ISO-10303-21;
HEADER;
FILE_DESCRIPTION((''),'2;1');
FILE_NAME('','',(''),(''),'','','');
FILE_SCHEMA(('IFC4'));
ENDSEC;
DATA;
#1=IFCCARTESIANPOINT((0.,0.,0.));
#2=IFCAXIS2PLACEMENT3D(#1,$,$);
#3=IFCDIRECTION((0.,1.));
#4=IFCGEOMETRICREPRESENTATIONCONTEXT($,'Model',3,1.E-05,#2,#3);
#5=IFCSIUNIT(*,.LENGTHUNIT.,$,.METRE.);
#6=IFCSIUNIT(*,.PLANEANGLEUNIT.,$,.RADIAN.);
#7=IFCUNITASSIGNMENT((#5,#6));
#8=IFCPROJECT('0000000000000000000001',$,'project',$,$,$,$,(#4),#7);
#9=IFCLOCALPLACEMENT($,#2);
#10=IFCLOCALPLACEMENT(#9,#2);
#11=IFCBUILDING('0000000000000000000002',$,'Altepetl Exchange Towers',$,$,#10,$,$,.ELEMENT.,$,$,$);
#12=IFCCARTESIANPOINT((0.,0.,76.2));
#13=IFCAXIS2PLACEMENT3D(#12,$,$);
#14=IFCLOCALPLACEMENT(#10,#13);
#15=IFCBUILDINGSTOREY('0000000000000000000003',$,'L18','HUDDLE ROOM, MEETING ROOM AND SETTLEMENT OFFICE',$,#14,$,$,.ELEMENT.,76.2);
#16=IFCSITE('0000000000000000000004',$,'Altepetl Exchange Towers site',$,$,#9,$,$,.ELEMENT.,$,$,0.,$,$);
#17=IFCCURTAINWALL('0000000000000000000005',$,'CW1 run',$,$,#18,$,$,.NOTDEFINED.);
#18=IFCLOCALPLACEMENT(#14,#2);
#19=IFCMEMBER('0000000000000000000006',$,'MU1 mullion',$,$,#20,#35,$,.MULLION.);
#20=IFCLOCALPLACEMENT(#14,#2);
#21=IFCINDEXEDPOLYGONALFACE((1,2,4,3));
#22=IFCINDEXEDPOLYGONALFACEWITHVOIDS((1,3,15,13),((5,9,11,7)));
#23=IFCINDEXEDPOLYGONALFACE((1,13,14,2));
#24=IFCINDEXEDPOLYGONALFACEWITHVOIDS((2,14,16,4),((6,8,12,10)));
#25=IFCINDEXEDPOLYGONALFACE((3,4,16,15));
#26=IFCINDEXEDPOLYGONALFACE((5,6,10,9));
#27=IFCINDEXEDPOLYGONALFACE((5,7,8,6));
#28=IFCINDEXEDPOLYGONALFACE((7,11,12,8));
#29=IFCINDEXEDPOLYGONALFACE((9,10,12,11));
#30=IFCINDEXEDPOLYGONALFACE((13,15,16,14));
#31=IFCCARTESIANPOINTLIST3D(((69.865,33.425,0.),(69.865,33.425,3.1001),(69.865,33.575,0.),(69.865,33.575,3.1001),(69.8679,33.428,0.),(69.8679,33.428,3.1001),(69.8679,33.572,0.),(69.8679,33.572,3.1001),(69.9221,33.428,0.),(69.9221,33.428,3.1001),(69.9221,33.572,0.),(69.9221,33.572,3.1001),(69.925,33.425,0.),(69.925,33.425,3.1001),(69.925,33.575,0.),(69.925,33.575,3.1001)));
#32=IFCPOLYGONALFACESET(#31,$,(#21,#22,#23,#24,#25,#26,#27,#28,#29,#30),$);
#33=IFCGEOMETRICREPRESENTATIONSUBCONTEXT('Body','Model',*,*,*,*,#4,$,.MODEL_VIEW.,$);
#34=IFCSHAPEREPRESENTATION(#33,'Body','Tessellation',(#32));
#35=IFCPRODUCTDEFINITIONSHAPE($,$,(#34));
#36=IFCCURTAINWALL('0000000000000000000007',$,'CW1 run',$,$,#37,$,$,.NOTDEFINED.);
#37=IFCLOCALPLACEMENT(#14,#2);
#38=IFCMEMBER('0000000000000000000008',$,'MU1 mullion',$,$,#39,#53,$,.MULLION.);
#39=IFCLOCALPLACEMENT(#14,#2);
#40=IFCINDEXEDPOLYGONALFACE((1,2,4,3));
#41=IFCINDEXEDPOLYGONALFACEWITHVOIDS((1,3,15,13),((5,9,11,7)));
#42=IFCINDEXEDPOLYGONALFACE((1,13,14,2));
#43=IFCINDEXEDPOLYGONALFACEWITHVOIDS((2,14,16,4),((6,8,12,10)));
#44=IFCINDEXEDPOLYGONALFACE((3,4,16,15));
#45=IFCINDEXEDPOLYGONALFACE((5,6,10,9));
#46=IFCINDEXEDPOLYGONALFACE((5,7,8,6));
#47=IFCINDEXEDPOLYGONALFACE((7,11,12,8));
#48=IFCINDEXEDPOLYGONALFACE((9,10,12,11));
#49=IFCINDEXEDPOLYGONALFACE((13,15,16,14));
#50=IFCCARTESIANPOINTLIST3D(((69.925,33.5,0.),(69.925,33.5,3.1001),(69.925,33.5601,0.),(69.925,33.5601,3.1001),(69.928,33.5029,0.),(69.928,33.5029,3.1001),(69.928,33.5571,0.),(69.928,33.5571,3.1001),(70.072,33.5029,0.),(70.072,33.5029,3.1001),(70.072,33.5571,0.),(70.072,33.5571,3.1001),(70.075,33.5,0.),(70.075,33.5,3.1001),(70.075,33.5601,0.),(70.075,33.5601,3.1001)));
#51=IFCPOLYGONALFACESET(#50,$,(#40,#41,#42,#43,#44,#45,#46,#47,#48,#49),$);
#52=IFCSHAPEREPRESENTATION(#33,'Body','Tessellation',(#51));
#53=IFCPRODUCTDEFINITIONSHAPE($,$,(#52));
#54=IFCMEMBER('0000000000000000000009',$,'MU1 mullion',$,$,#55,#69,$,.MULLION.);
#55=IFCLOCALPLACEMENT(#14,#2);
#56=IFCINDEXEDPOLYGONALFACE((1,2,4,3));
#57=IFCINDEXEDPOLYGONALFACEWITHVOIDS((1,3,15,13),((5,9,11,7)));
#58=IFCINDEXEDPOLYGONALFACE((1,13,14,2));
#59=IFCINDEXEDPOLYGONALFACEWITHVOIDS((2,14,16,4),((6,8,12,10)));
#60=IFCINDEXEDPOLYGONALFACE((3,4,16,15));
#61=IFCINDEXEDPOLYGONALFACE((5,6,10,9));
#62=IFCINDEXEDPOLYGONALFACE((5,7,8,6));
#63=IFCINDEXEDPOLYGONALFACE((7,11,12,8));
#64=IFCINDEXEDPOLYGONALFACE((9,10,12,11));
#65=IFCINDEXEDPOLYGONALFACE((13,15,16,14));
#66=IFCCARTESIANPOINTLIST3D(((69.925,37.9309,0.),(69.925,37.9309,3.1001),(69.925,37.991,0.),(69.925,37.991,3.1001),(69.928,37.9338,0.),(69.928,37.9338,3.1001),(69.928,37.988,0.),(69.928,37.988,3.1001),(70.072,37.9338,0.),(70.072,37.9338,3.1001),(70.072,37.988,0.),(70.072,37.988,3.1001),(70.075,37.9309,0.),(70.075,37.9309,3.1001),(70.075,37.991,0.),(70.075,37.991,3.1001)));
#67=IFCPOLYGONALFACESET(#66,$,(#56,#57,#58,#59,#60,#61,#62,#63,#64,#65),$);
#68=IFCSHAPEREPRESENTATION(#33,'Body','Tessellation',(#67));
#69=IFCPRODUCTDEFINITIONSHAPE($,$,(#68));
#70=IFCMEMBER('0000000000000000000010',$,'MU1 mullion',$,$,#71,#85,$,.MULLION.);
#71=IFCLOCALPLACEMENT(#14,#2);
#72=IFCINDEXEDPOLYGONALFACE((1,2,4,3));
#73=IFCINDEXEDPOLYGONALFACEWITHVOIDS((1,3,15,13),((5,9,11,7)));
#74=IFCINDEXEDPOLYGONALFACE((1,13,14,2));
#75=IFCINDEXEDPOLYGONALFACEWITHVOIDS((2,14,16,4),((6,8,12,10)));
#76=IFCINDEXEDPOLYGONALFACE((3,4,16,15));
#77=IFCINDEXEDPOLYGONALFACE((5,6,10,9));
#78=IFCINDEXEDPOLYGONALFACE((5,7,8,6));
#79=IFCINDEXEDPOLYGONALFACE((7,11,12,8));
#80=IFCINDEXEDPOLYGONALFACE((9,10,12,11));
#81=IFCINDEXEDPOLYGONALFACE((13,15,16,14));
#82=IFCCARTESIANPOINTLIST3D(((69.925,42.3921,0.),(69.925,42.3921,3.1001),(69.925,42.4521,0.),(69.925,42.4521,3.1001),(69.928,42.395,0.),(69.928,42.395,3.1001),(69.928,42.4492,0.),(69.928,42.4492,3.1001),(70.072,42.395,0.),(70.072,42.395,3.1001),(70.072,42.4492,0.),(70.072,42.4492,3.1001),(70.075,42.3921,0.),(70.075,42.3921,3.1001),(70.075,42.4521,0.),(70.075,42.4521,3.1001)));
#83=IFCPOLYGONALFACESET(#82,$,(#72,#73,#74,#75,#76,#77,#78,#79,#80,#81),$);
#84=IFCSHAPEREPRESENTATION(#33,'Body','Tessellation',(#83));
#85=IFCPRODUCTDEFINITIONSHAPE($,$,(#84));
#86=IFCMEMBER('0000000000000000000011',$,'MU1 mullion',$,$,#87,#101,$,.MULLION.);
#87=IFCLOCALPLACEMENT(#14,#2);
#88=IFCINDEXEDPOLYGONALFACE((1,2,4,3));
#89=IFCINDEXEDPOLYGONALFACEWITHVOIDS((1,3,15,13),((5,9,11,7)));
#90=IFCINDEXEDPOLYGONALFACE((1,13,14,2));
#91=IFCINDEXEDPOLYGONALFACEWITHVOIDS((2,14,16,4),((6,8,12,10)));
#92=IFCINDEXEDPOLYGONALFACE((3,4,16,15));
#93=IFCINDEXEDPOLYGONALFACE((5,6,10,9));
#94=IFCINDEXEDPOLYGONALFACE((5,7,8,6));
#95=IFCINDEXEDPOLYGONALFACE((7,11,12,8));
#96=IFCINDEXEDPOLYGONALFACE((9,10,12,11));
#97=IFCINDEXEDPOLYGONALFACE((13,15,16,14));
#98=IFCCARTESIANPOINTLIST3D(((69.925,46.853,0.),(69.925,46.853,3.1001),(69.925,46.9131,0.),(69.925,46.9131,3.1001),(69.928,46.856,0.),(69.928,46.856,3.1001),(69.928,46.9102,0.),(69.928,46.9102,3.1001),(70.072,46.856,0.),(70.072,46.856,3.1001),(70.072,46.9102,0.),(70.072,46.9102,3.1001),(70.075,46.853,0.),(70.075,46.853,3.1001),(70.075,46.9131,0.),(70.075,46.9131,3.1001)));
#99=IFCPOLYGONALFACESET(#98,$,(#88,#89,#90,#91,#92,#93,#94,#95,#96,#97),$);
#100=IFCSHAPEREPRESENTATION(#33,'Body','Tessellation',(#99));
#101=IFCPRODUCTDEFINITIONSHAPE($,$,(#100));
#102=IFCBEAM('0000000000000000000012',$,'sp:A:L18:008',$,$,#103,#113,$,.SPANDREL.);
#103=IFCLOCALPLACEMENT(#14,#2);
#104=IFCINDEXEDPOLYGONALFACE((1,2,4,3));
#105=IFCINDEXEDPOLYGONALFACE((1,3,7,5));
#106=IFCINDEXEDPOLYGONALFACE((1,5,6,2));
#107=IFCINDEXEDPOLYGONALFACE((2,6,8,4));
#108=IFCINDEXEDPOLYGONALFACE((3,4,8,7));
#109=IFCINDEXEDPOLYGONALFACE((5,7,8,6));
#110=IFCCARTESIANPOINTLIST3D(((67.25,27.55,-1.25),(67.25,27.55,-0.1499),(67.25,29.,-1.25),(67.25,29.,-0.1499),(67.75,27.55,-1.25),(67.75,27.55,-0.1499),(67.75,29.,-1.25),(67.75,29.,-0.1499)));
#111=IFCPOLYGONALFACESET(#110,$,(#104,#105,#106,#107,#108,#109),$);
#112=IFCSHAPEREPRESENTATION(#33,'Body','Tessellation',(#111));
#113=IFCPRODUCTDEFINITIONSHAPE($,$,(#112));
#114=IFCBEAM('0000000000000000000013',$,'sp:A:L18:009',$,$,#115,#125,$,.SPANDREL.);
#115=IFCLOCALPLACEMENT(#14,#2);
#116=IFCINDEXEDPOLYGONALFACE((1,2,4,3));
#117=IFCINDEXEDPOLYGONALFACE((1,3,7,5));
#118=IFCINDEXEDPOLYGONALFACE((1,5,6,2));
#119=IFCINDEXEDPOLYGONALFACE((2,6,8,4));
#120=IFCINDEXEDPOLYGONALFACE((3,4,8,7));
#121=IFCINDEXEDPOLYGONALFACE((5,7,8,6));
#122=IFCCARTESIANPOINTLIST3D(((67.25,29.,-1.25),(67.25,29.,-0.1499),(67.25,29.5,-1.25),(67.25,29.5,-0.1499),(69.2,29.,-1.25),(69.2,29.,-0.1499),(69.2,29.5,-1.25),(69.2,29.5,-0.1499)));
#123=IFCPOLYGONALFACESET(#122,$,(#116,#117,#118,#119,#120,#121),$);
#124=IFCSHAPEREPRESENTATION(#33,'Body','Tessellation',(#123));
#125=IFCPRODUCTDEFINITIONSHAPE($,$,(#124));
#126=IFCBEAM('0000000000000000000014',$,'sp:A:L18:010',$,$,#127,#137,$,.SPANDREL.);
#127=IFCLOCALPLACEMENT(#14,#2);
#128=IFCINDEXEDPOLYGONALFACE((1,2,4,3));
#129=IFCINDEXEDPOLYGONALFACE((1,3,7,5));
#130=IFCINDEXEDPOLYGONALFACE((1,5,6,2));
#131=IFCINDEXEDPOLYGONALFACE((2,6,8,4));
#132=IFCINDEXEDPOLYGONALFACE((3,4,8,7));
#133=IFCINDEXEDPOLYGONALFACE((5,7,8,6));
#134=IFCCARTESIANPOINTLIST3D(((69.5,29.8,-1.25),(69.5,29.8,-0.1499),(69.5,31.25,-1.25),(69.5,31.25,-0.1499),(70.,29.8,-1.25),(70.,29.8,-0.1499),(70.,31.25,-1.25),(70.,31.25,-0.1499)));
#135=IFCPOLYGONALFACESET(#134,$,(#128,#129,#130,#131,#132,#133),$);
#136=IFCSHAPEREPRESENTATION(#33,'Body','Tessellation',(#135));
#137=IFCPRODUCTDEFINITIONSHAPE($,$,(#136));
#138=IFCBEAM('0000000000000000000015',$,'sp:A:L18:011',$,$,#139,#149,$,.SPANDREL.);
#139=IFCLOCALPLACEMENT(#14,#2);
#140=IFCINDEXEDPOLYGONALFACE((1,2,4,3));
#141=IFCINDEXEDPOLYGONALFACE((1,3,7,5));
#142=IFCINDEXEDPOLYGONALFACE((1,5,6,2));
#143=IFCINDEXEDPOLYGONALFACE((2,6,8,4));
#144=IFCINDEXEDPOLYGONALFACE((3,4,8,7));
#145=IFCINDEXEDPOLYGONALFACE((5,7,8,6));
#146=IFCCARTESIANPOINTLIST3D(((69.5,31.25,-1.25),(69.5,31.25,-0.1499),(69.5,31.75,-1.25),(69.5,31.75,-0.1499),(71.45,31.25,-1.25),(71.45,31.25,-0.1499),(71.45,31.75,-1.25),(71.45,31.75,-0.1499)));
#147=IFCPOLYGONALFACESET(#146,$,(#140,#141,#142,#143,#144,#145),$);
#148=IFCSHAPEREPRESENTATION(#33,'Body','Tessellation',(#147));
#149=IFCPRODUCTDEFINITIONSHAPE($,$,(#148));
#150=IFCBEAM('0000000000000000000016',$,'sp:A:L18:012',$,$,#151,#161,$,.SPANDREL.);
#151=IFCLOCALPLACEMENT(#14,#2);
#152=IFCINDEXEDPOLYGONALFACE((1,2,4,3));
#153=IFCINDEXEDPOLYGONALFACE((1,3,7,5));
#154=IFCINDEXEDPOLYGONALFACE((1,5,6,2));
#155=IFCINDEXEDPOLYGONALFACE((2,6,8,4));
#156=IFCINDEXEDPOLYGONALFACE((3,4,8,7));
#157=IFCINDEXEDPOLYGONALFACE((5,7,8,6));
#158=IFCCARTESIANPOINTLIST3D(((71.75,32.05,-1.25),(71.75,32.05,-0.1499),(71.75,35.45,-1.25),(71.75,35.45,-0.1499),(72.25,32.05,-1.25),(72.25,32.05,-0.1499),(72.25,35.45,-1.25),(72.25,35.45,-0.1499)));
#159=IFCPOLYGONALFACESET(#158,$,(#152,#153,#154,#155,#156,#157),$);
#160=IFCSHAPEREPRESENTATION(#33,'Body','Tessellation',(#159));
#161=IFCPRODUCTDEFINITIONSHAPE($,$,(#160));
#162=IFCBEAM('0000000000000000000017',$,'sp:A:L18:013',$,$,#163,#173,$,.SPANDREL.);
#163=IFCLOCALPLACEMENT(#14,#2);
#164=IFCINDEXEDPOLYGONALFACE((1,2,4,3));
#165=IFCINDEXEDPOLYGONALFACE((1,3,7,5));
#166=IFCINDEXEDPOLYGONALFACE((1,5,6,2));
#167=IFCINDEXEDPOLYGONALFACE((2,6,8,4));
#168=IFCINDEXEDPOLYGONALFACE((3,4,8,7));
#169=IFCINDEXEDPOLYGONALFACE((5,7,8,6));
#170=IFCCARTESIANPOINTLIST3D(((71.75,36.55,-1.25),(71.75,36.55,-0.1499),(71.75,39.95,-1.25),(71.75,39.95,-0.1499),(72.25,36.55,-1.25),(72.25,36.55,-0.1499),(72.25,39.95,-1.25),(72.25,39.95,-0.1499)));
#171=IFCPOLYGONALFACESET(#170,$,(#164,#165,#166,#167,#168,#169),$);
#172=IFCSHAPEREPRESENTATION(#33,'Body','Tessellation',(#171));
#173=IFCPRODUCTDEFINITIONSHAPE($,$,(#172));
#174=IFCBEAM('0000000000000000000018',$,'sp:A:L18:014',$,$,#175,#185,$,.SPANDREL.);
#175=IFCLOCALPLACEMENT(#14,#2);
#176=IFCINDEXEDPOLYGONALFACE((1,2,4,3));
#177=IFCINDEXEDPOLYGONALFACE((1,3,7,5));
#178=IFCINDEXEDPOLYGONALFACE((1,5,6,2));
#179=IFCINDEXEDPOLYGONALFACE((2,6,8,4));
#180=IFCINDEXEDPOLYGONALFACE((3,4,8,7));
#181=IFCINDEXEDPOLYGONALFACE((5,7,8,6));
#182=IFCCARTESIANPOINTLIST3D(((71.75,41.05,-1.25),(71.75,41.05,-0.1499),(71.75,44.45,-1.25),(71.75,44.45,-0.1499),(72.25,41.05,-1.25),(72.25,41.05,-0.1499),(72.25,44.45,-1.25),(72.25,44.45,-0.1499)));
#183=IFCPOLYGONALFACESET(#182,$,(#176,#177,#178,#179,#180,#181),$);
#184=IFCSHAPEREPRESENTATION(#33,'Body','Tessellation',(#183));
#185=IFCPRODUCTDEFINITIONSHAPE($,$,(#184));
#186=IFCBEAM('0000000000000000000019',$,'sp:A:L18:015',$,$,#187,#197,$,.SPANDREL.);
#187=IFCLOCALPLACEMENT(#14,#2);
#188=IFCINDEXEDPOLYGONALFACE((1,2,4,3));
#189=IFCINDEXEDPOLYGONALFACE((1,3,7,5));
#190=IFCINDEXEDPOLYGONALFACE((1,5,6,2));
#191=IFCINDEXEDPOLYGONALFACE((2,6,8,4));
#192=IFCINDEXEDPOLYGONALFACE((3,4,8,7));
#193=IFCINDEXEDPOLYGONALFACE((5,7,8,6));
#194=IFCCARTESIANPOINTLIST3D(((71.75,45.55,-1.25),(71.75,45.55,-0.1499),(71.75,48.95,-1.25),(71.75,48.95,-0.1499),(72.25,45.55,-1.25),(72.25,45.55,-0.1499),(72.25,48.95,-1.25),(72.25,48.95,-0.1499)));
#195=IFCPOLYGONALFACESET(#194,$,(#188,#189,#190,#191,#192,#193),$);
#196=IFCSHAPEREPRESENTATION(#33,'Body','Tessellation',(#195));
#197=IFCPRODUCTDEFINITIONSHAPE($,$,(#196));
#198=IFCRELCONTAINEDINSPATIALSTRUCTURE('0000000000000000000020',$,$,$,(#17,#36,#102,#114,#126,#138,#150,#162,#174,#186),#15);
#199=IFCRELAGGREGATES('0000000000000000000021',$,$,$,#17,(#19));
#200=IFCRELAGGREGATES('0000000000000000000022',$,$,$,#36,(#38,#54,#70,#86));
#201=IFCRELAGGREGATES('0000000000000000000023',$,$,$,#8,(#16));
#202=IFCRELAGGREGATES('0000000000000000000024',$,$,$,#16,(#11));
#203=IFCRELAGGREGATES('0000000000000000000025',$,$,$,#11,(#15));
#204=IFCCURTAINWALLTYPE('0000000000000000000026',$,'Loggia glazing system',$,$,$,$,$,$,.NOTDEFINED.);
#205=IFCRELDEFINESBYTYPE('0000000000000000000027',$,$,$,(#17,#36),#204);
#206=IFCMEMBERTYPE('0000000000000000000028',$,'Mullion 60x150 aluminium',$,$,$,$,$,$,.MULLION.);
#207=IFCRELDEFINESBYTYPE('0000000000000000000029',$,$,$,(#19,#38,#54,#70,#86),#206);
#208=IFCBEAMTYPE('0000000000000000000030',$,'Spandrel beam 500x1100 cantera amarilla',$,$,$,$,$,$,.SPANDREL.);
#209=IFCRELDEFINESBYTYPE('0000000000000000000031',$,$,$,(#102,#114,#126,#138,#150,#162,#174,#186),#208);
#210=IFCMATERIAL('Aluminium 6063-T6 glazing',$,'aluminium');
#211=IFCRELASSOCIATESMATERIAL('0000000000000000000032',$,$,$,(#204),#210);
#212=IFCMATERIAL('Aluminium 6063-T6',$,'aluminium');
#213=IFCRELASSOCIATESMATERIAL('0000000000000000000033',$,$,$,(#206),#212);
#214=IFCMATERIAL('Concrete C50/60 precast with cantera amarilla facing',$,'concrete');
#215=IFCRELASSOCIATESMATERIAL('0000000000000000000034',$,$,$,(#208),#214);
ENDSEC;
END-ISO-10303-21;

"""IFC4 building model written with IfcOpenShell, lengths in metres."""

from ifc_helpers import new_model, si_unit, direction, frame, origin, origin_2d, place, context, subcontext, project, spatial, rectangle, hollow_rectangle, extrude, material, material_profile, profile_set, type_object, element, aggregate, save


model = new_model("IFC4")

# Units and contexts
model_context = context("Model", 3, precision=1e-05, world=origin(), true_north=direction((0.0, 1.0)))
body_context = subcontext(model_context, "Body", "Model", "MODEL_VIEW")
ifc_project = project(units=[si_unit("LENGTHUNIT", "METRE"), si_unit("PLANEANGLEUNIT", "RADIAN")], contexts=[model_context])

# Site, building, storey
site_placement = place(None, origin())
site = spatial("IfcSite", under=ifc_project, at=site_placement, Name="Altepetl Exchange Towers site", CompositionType="ELEMENT", RefElevation=0.0)
building_placement = place(site_placement, origin())
building = spatial("IfcBuilding", under=site, at=building_placement, Name="Altepetl Exchange Towers", CompositionType="ELEMENT")
storey_placement = place(building_placement, frame((0.0, 0.0, 76.2)))
storey = spatial("IfcBuildingStorey", under=building, at=storey_placement, Name="L18", Description="HUDDLE ROOM, MEETING ROOM AND SETTLEMENT OFFICE", CompositionType="ELEMENT", Elevation=76.2)

# Shared definitions
ifc_material_1 = material(Name="Aluminium 6063-T6 glazing", Category="aluminium")
curtain_wall_type = type_object("IfcCurtainWallType", Name="Loggia glazing system", PredefinedType="NOTDEFINED", material=ifc_material_1)
ifc_material_2 = material(Name="Aluminium 6063-T6", Category="aluminium")
ifc_material_profile_1 = material_profile(ifc_material_2, hollow_rectangle(XDim=0.0601, YDim=0.1499, WallThickness=0.0029, at=origin_2d()), Name="Mullion 60x150 aluminium")
ifc_profile_set_1 = profile_set([ifc_material_profile_1], Name="Aluminium 6063-T6")
member_type = type_object("IfcMemberType", Name="Mullion 60x150 aluminium", PredefinedType="MULLION", material=ifc_profile_set_1)

# Curtain walls, members
curtain_wall_1_placement = place(storey_placement, origin())
curtain_wall_1 = element("IfcCurtainWall", 1, at=curtain_wall_1_placement, inside=storey, type_object=curtain_wall_type, Name="CW1 run", PredefinedType="NOTDEFINED")
member_1_placement = place(storey_placement, frame((69.895, 33.5, 0.0)))
member_1 = element("IfcMember", 2, at=member_1_placement, type_object=member_type, Name="MU1 mullion", PredefinedType="MULLION", context=body_context, shape_type="SweptSolid", body=[
    extrude(hollow_rectangle(XDim=0.0601, YDim=0.1499, WallThickness=0.0029, at=origin_2d()), origin(), (0.0, 0.0, 1.0), 3.1001),
])
curtain_wall_2_placement = place(storey_placement, origin())
curtain_wall_2 = element("IfcCurtainWall", 3, at=curtain_wall_2_placement, inside=storey, type_object=curtain_wall_type, Name="CW1 run", PredefinedType="NOTDEFINED")
member_2_placement = place(storey_placement, frame((70.0, 33.53, 0.0), z_axis=(0.0, 0.0, 1.0), x_axis=(0.0, 1.0, 0.0)))
member_2 = element("IfcMember", 4, at=member_2_placement, type_object=member_type, Name="MU1 mullion", PredefinedType="MULLION", context=body_context, shape_type="SweptSolid", body=[
    extrude(hollow_rectangle(XDim=0.0601, YDim=0.1499, WallThickness=0.0029, at=origin_2d()), origin(), (0.0, 0.0, 1.0), 3.1001),
])
member_3_placement = place(storey_placement, frame((70.0, 37.9609, 0.0), z_axis=(0.0, 0.0, 1.0), x_axis=(0.0, 1.0, 0.0)))
member_3 = element("IfcMember", 5, at=member_3_placement, type_object=member_type, Name="MU1 mullion", PredefinedType="MULLION", context=body_context, shape_type="SweptSolid", body=[
    extrude(hollow_rectangle(XDim=0.0601, YDim=0.1499, WallThickness=0.0029, at=origin_2d()), origin(), (0.0, 0.0, 1.0), 3.1001),
])
member_4_placement = place(storey_placement, frame((70.0, 42.4221, 0.0), z_axis=(0.0, 0.0, 1.0), x_axis=(0.0, 1.0, 0.0)))
member_4 = element("IfcMember", 6, at=member_4_placement, type_object=member_type, Name="MU1 mullion", PredefinedType="MULLION", context=body_context, shape_type="SweptSolid", body=[
    extrude(hollow_rectangle(XDim=0.0601, YDim=0.1499, WallThickness=0.0029, at=origin_2d()), origin(), (0.0, 0.0, 1.0), 3.1001),
])
member_5_placement = place(storey_placement, frame((70.0, 46.8831, 0.0), z_axis=(0.0, 0.0, 1.0), x_axis=(0.0, 1.0, 0.0)))
member_5 = element("IfcMember", 7, at=member_5_placement, type_object=member_type, Name="MU1 mullion", PredefinedType="MULLION", context=body_context, shape_type="SweptSolid", body=[
    extrude(hollow_rectangle(XDim=0.0601, YDim=0.1499, WallThickness=0.0029, at=origin_2d()), origin(), (0.0, 0.0, 1.0), 3.1001),
])

# Beams
ifc_material_3 = material(Name="Concrete C50/60 precast with cantera amarilla facing", Category="concrete")
ifc_material_profile_2 = material_profile(ifc_material_3, rectangle(XDim=0.5, YDim=1.1001, at=origin_2d()), Name="500 x 1100")
ifc_profile_set_2 = profile_set([ifc_material_profile_2], Name="Concrete C50/60 precast with cantera amarilla facing")
beam_type_1 = type_object("IfcBeamType", Name="Spandrel beam 500x1100 cantera amarilla", PredefinedType="SPANDREL", material=ifc_profile_set_2)
beam_1_placement = place(storey_placement, frame((67.5, 27.55, -0.7), z_axis=(0.0, 1.0, 0.0), x_axis=(-1.0, 0.0, 0.0)))
element("IfcBeam", 8, at=beam_1_placement, inside=storey, type_object=beam_type_1, Name="sp:A:L18:008", PredefinedType="SPANDREL", context=body_context, shape_type="SweptSolid", body=[
    extrude(rectangle(XDim=0.5, YDim=1.1001, at=origin_2d()), origin(), (0.0, 0.0, 1.0), 1.45),
])
beam_2_placement = place(storey_placement, frame((67.25, 29.25, -0.7), z_axis=(1.0, 0.0, 0.0), x_axis=(0.0, 1.0, 0.0)))
element("IfcBeam", 9, at=beam_2_placement, inside=storey, type_object=beam_type_1, Name="sp:A:L18:009", PredefinedType="SPANDREL", context=body_context, shape_type="SweptSolid", body=[
    extrude(rectangle(XDim=0.5, YDim=1.1001, at=origin_2d()), origin(), (0.0, 0.0, 1.0), 1.95),
])
beam_3_placement = place(storey_placement, frame((69.75, 29.8, -0.7), z_axis=(0.0, 1.0, 0.0), x_axis=(-1.0, 0.0, 0.0)))
element("IfcBeam", 10, at=beam_3_placement, inside=storey, type_object=beam_type_1, Name="sp:A:L18:010", PredefinedType="SPANDREL", context=body_context, shape_type="SweptSolid", body=[
    extrude(rectangle(XDim=0.5, YDim=1.1001, at=origin_2d()), origin(), (0.0, 0.0, 1.0), 1.45),
])
beam_4_placement = place(storey_placement, frame((69.5, 31.5, -0.7), z_axis=(1.0, 0.0, 0.0), x_axis=(0.0, 1.0, 0.0)))
element("IfcBeam", 11, at=beam_4_placement, inside=storey, type_object=beam_type_1, Name="sp:A:L18:011", PredefinedType="SPANDREL", context=body_context, shape_type="SweptSolid", body=[
    extrude(rectangle(XDim=0.5, YDim=1.1001, at=origin_2d()), origin(), (0.0, 0.0, 1.0), 1.95),
])
for number, where, z_axis, x_axis, name in (
    (12, (72.0, 32.05, -0.7), (0.0, 1.0, 0.0), (-1.0, 0.0, 0.0), "sp:A:L18:012"),
    (13, (72.0, 36.55, -0.7), (0.0, 1.0, 0.0), (-1.0, 0.0, 0.0), "sp:A:L18:013"),
    (14, (72.0, 41.05, -0.7), (0.0, 1.0, 0.0), (-1.0, 0.0, 0.0), "sp:A:L18:014"),
    (15, (72.0, 45.55, -0.7), (0.0, 1.0, 0.0), (-1.0, 0.0, 0.0), "sp:A:L18:015"),
):
    element("IfcBeam", number, at=place(storey_placement, frame(where, z_axis=z_axis, x_axis=x_axis)), inside=storey, type_object=beam_type_1, Name=name, PredefinedType="SPANDREL", context=body_context, shape_type="SweptSolid", body=[
        extrude(rectangle(XDim=0.5, YDim=1.1001, at=origin_2d()), origin(), (0.0, 0.0, 1.0), 3.3999),
    ])

aggregate(curtain_wall_1, [member_1])
aggregate(curtain_wall_2, [member_2, member_3, member_4, member_5])

save(model, "model.ifc")
